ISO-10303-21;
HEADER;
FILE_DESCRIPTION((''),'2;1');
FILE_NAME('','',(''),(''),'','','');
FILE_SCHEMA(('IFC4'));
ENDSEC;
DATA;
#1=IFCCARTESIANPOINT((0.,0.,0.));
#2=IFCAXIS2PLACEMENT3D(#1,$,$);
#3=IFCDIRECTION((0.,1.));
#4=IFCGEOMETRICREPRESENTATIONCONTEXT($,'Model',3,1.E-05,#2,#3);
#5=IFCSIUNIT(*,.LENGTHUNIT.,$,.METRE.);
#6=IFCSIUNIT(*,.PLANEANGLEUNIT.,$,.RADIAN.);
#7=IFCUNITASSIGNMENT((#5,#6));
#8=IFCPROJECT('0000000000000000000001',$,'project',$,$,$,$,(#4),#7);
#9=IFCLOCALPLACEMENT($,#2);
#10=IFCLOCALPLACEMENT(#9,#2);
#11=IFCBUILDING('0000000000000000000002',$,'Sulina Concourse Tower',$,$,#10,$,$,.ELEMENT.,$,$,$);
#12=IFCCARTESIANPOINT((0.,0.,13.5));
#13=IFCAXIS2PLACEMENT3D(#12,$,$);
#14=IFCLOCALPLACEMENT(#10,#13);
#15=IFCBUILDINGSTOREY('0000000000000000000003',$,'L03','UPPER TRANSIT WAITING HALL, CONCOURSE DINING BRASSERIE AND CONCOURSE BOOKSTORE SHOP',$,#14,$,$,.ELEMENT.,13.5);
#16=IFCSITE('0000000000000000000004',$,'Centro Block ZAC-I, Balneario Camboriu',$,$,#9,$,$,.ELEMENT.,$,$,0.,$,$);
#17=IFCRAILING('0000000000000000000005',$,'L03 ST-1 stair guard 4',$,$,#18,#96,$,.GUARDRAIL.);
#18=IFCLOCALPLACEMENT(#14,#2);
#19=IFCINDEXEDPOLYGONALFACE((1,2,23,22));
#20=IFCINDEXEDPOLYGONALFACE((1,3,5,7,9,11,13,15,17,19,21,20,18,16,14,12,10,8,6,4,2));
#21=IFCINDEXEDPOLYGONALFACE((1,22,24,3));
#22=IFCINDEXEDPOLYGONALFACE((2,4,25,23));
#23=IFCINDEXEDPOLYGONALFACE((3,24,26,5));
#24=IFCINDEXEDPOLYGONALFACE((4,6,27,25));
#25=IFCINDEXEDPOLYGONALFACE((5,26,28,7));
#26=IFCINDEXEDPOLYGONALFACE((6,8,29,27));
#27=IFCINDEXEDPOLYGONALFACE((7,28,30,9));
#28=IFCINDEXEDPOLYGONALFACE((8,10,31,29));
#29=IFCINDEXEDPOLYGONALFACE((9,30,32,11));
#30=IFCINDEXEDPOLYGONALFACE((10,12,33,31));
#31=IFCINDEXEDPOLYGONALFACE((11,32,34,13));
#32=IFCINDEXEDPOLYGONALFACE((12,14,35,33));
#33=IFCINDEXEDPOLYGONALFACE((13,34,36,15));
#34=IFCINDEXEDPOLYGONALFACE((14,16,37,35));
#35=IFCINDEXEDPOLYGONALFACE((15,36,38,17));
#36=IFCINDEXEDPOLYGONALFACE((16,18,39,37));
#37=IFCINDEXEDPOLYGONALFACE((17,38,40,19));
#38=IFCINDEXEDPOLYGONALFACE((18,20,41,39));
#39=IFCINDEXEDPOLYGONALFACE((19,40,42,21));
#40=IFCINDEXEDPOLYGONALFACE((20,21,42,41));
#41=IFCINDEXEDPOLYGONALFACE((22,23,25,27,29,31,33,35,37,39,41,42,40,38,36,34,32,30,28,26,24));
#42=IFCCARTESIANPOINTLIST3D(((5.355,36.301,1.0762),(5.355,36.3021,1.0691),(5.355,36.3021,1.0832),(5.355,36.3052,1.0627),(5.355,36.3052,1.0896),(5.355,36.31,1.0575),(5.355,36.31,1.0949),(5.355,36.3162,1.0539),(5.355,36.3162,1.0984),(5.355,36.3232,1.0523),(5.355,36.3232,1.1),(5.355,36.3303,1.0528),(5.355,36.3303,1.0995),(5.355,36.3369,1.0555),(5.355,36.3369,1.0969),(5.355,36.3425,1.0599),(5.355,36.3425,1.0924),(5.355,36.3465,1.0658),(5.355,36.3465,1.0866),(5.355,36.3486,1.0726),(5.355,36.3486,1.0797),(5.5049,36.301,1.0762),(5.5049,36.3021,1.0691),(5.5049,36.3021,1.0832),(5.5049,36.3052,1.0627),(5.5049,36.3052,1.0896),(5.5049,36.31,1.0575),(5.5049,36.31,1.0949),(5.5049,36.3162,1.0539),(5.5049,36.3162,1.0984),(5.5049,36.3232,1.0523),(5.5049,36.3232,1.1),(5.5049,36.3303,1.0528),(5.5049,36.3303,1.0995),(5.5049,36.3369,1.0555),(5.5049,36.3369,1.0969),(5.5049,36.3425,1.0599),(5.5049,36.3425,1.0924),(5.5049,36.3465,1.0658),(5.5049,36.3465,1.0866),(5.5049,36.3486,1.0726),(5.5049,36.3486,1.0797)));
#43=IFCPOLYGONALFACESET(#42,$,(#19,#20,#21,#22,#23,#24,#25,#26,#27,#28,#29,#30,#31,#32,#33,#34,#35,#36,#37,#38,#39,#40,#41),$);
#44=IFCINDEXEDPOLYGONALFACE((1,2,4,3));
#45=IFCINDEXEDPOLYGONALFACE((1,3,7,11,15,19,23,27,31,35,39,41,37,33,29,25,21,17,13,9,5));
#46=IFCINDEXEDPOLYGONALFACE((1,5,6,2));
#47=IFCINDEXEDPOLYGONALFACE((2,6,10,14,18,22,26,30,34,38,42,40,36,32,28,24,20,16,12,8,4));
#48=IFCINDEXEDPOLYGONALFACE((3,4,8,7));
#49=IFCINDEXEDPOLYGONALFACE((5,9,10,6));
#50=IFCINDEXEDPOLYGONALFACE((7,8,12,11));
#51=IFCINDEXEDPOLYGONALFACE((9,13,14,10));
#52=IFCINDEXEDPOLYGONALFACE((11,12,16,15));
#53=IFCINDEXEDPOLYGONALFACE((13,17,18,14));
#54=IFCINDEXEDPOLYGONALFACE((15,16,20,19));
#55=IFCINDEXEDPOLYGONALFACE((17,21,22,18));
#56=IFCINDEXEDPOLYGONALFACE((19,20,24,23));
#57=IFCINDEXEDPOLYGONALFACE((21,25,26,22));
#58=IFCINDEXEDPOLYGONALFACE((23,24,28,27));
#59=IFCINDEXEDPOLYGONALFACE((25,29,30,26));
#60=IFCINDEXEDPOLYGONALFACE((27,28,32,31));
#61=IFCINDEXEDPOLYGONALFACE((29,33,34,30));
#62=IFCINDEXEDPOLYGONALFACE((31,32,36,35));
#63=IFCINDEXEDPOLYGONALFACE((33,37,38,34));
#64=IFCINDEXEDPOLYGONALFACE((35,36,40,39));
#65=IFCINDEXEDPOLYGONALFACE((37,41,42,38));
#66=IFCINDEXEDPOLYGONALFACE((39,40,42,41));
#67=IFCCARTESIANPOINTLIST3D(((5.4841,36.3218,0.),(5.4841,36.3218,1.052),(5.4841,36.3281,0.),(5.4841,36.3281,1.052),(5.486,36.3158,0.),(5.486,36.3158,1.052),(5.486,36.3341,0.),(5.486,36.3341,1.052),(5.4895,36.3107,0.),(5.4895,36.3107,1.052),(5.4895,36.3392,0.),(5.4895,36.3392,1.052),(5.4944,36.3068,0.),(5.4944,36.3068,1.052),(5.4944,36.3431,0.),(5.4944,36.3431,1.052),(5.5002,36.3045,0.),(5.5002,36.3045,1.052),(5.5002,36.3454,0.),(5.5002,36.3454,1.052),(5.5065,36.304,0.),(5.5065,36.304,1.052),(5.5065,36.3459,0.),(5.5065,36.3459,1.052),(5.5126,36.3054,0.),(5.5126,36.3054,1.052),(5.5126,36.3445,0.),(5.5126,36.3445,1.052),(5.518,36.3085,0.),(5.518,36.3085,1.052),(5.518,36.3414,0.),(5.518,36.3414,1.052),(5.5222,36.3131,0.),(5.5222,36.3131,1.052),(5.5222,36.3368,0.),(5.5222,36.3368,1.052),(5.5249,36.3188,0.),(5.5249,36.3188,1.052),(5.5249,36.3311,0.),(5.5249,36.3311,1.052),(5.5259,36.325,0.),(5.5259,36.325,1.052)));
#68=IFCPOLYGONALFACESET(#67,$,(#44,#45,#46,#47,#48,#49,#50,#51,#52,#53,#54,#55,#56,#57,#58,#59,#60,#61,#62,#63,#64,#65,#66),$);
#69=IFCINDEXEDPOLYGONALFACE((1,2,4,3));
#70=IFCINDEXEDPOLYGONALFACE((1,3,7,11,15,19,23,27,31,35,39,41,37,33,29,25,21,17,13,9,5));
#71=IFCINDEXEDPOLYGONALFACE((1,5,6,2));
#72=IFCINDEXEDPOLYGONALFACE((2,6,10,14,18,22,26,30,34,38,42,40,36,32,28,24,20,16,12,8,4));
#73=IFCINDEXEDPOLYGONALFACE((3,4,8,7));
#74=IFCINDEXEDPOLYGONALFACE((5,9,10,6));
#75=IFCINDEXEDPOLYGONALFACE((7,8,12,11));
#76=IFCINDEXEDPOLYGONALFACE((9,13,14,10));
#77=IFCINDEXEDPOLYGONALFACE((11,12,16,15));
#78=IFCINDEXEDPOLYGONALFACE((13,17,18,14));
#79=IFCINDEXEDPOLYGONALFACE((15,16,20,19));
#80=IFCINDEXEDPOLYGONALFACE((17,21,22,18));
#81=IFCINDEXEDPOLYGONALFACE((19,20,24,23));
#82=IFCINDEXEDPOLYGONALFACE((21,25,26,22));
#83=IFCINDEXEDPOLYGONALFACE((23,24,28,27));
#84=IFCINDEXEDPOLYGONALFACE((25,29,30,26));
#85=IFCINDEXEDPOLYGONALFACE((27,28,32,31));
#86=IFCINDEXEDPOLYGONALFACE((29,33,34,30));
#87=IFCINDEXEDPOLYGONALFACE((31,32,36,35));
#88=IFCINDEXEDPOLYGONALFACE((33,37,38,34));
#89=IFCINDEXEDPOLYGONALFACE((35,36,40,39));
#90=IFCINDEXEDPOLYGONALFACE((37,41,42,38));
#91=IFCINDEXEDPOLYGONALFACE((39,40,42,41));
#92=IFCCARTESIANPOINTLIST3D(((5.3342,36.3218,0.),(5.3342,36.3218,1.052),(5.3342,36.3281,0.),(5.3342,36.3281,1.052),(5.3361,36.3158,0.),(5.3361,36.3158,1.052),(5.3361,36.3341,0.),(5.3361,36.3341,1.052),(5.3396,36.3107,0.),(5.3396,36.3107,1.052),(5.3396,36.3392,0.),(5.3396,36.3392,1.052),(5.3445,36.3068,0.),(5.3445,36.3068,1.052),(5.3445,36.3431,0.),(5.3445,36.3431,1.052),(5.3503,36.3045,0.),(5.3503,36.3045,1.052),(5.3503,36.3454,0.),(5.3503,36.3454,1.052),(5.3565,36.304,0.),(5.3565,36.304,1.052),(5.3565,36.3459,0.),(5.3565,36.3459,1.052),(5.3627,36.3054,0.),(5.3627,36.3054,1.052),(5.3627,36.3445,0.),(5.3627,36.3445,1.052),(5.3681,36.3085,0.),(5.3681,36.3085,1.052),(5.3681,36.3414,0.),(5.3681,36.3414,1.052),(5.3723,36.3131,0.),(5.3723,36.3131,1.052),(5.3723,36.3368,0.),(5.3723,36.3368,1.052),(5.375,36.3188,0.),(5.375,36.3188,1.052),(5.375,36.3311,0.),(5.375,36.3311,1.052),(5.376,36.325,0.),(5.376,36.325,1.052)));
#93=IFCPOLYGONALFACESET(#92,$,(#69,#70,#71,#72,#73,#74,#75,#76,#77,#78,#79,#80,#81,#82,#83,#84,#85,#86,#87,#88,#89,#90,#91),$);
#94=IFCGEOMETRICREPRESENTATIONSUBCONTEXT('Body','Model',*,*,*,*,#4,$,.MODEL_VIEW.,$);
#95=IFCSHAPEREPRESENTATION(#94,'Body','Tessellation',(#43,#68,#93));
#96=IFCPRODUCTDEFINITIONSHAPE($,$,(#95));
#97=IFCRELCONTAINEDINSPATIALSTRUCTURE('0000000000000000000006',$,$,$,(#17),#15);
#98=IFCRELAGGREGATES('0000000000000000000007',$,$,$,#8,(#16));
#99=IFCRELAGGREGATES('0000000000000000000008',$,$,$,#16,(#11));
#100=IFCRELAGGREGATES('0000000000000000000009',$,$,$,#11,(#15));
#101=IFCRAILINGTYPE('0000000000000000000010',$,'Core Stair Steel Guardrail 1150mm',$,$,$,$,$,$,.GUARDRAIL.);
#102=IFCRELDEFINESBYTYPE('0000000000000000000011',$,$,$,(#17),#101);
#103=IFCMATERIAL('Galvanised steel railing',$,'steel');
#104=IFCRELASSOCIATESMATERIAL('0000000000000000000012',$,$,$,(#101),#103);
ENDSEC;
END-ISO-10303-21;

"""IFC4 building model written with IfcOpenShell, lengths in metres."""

from ifc_helpers import new_model, si_unit, direction, frame, origin, origin_2d, place, context, subcontext, project, spatial, circle, extrude, material, type_object, element, save


model = new_model("IFC4")

# Units and contexts
model_context = context("Model", 3, precision=1e-05, world=origin(), true_north=direction((0.0, 1.0)))
body_context = subcontext(model_context, "Body", "Model", "MODEL_VIEW")
ifc_project = project(units=[si_unit("LENGTHUNIT", "METRE"), si_unit("PLANEANGLEUNIT", "RADIAN")], contexts=[model_context])

# Site, building, storey
site_placement = place(None, origin())
site = spatial("IfcSite", under=ifc_project, at=site_placement, Name="Centro Block ZAC-I, Balneario Camboriu", CompositionType="ELEMENT", RefElevation=0.0)
building_placement = place(site_placement, origin())
building = spatial("IfcBuilding", under=site, at=building_placement, Name="Sulina Concourse Tower", CompositionType="ELEMENT")
storey_placement = place(building_placement, frame((0.0, 0.0, 13.5)))
storey = spatial("IfcBuildingStorey", under=building, at=storey_placement, Name="L03", Description="UPPER TRANSIT WAITING HALL, CONCOURSE DINING BRASSERIE AND CONCOURSE BOOKSTORE SHOP", CompositionType="ELEMENT", Elevation=13.5)

# Railing
ifc_material_1 = material(Name="Galvanised steel railing", Category="steel")
railing_type_1 = type_object("IfcRailingType", Name="Core Stair Steel Guardrail 1150mm", PredefinedType="GUARDRAIL", material=ifc_material_1)
railing_1_placement = place(storey_placement, frame((5.5049, 36.325, 0.0)))
element("IfcRailing", 1, at=railing_1_placement, inside=storey, type_object=railing_type_1, Name="L03 ST-1 stair guard 4", PredefinedType="GUARDRAIL", context=body_context, shape_type="SweptSolid", body=[
    extrude(circle(Radius=0.0239, at=origin_2d()), frame((0.0, 0.0, 1.0762), z_axis=(-1.0, 0.0, 0.0), x_axis=(0.0, -1.0, 0.0)), (0.0, 0.0, 1.0), 0.1499),
    extrude(circle(Radius=0.021, at=origin_2d()), origin(), (0.0, 0.0, 1.0), 1.052),
    extrude(circle(Radius=0.021, at=origin_2d()), frame((-0.1499, 0.0, 0.0)), (0.0, 0.0, 1.0), 1.052),
])

save(model, "model.ifc")
